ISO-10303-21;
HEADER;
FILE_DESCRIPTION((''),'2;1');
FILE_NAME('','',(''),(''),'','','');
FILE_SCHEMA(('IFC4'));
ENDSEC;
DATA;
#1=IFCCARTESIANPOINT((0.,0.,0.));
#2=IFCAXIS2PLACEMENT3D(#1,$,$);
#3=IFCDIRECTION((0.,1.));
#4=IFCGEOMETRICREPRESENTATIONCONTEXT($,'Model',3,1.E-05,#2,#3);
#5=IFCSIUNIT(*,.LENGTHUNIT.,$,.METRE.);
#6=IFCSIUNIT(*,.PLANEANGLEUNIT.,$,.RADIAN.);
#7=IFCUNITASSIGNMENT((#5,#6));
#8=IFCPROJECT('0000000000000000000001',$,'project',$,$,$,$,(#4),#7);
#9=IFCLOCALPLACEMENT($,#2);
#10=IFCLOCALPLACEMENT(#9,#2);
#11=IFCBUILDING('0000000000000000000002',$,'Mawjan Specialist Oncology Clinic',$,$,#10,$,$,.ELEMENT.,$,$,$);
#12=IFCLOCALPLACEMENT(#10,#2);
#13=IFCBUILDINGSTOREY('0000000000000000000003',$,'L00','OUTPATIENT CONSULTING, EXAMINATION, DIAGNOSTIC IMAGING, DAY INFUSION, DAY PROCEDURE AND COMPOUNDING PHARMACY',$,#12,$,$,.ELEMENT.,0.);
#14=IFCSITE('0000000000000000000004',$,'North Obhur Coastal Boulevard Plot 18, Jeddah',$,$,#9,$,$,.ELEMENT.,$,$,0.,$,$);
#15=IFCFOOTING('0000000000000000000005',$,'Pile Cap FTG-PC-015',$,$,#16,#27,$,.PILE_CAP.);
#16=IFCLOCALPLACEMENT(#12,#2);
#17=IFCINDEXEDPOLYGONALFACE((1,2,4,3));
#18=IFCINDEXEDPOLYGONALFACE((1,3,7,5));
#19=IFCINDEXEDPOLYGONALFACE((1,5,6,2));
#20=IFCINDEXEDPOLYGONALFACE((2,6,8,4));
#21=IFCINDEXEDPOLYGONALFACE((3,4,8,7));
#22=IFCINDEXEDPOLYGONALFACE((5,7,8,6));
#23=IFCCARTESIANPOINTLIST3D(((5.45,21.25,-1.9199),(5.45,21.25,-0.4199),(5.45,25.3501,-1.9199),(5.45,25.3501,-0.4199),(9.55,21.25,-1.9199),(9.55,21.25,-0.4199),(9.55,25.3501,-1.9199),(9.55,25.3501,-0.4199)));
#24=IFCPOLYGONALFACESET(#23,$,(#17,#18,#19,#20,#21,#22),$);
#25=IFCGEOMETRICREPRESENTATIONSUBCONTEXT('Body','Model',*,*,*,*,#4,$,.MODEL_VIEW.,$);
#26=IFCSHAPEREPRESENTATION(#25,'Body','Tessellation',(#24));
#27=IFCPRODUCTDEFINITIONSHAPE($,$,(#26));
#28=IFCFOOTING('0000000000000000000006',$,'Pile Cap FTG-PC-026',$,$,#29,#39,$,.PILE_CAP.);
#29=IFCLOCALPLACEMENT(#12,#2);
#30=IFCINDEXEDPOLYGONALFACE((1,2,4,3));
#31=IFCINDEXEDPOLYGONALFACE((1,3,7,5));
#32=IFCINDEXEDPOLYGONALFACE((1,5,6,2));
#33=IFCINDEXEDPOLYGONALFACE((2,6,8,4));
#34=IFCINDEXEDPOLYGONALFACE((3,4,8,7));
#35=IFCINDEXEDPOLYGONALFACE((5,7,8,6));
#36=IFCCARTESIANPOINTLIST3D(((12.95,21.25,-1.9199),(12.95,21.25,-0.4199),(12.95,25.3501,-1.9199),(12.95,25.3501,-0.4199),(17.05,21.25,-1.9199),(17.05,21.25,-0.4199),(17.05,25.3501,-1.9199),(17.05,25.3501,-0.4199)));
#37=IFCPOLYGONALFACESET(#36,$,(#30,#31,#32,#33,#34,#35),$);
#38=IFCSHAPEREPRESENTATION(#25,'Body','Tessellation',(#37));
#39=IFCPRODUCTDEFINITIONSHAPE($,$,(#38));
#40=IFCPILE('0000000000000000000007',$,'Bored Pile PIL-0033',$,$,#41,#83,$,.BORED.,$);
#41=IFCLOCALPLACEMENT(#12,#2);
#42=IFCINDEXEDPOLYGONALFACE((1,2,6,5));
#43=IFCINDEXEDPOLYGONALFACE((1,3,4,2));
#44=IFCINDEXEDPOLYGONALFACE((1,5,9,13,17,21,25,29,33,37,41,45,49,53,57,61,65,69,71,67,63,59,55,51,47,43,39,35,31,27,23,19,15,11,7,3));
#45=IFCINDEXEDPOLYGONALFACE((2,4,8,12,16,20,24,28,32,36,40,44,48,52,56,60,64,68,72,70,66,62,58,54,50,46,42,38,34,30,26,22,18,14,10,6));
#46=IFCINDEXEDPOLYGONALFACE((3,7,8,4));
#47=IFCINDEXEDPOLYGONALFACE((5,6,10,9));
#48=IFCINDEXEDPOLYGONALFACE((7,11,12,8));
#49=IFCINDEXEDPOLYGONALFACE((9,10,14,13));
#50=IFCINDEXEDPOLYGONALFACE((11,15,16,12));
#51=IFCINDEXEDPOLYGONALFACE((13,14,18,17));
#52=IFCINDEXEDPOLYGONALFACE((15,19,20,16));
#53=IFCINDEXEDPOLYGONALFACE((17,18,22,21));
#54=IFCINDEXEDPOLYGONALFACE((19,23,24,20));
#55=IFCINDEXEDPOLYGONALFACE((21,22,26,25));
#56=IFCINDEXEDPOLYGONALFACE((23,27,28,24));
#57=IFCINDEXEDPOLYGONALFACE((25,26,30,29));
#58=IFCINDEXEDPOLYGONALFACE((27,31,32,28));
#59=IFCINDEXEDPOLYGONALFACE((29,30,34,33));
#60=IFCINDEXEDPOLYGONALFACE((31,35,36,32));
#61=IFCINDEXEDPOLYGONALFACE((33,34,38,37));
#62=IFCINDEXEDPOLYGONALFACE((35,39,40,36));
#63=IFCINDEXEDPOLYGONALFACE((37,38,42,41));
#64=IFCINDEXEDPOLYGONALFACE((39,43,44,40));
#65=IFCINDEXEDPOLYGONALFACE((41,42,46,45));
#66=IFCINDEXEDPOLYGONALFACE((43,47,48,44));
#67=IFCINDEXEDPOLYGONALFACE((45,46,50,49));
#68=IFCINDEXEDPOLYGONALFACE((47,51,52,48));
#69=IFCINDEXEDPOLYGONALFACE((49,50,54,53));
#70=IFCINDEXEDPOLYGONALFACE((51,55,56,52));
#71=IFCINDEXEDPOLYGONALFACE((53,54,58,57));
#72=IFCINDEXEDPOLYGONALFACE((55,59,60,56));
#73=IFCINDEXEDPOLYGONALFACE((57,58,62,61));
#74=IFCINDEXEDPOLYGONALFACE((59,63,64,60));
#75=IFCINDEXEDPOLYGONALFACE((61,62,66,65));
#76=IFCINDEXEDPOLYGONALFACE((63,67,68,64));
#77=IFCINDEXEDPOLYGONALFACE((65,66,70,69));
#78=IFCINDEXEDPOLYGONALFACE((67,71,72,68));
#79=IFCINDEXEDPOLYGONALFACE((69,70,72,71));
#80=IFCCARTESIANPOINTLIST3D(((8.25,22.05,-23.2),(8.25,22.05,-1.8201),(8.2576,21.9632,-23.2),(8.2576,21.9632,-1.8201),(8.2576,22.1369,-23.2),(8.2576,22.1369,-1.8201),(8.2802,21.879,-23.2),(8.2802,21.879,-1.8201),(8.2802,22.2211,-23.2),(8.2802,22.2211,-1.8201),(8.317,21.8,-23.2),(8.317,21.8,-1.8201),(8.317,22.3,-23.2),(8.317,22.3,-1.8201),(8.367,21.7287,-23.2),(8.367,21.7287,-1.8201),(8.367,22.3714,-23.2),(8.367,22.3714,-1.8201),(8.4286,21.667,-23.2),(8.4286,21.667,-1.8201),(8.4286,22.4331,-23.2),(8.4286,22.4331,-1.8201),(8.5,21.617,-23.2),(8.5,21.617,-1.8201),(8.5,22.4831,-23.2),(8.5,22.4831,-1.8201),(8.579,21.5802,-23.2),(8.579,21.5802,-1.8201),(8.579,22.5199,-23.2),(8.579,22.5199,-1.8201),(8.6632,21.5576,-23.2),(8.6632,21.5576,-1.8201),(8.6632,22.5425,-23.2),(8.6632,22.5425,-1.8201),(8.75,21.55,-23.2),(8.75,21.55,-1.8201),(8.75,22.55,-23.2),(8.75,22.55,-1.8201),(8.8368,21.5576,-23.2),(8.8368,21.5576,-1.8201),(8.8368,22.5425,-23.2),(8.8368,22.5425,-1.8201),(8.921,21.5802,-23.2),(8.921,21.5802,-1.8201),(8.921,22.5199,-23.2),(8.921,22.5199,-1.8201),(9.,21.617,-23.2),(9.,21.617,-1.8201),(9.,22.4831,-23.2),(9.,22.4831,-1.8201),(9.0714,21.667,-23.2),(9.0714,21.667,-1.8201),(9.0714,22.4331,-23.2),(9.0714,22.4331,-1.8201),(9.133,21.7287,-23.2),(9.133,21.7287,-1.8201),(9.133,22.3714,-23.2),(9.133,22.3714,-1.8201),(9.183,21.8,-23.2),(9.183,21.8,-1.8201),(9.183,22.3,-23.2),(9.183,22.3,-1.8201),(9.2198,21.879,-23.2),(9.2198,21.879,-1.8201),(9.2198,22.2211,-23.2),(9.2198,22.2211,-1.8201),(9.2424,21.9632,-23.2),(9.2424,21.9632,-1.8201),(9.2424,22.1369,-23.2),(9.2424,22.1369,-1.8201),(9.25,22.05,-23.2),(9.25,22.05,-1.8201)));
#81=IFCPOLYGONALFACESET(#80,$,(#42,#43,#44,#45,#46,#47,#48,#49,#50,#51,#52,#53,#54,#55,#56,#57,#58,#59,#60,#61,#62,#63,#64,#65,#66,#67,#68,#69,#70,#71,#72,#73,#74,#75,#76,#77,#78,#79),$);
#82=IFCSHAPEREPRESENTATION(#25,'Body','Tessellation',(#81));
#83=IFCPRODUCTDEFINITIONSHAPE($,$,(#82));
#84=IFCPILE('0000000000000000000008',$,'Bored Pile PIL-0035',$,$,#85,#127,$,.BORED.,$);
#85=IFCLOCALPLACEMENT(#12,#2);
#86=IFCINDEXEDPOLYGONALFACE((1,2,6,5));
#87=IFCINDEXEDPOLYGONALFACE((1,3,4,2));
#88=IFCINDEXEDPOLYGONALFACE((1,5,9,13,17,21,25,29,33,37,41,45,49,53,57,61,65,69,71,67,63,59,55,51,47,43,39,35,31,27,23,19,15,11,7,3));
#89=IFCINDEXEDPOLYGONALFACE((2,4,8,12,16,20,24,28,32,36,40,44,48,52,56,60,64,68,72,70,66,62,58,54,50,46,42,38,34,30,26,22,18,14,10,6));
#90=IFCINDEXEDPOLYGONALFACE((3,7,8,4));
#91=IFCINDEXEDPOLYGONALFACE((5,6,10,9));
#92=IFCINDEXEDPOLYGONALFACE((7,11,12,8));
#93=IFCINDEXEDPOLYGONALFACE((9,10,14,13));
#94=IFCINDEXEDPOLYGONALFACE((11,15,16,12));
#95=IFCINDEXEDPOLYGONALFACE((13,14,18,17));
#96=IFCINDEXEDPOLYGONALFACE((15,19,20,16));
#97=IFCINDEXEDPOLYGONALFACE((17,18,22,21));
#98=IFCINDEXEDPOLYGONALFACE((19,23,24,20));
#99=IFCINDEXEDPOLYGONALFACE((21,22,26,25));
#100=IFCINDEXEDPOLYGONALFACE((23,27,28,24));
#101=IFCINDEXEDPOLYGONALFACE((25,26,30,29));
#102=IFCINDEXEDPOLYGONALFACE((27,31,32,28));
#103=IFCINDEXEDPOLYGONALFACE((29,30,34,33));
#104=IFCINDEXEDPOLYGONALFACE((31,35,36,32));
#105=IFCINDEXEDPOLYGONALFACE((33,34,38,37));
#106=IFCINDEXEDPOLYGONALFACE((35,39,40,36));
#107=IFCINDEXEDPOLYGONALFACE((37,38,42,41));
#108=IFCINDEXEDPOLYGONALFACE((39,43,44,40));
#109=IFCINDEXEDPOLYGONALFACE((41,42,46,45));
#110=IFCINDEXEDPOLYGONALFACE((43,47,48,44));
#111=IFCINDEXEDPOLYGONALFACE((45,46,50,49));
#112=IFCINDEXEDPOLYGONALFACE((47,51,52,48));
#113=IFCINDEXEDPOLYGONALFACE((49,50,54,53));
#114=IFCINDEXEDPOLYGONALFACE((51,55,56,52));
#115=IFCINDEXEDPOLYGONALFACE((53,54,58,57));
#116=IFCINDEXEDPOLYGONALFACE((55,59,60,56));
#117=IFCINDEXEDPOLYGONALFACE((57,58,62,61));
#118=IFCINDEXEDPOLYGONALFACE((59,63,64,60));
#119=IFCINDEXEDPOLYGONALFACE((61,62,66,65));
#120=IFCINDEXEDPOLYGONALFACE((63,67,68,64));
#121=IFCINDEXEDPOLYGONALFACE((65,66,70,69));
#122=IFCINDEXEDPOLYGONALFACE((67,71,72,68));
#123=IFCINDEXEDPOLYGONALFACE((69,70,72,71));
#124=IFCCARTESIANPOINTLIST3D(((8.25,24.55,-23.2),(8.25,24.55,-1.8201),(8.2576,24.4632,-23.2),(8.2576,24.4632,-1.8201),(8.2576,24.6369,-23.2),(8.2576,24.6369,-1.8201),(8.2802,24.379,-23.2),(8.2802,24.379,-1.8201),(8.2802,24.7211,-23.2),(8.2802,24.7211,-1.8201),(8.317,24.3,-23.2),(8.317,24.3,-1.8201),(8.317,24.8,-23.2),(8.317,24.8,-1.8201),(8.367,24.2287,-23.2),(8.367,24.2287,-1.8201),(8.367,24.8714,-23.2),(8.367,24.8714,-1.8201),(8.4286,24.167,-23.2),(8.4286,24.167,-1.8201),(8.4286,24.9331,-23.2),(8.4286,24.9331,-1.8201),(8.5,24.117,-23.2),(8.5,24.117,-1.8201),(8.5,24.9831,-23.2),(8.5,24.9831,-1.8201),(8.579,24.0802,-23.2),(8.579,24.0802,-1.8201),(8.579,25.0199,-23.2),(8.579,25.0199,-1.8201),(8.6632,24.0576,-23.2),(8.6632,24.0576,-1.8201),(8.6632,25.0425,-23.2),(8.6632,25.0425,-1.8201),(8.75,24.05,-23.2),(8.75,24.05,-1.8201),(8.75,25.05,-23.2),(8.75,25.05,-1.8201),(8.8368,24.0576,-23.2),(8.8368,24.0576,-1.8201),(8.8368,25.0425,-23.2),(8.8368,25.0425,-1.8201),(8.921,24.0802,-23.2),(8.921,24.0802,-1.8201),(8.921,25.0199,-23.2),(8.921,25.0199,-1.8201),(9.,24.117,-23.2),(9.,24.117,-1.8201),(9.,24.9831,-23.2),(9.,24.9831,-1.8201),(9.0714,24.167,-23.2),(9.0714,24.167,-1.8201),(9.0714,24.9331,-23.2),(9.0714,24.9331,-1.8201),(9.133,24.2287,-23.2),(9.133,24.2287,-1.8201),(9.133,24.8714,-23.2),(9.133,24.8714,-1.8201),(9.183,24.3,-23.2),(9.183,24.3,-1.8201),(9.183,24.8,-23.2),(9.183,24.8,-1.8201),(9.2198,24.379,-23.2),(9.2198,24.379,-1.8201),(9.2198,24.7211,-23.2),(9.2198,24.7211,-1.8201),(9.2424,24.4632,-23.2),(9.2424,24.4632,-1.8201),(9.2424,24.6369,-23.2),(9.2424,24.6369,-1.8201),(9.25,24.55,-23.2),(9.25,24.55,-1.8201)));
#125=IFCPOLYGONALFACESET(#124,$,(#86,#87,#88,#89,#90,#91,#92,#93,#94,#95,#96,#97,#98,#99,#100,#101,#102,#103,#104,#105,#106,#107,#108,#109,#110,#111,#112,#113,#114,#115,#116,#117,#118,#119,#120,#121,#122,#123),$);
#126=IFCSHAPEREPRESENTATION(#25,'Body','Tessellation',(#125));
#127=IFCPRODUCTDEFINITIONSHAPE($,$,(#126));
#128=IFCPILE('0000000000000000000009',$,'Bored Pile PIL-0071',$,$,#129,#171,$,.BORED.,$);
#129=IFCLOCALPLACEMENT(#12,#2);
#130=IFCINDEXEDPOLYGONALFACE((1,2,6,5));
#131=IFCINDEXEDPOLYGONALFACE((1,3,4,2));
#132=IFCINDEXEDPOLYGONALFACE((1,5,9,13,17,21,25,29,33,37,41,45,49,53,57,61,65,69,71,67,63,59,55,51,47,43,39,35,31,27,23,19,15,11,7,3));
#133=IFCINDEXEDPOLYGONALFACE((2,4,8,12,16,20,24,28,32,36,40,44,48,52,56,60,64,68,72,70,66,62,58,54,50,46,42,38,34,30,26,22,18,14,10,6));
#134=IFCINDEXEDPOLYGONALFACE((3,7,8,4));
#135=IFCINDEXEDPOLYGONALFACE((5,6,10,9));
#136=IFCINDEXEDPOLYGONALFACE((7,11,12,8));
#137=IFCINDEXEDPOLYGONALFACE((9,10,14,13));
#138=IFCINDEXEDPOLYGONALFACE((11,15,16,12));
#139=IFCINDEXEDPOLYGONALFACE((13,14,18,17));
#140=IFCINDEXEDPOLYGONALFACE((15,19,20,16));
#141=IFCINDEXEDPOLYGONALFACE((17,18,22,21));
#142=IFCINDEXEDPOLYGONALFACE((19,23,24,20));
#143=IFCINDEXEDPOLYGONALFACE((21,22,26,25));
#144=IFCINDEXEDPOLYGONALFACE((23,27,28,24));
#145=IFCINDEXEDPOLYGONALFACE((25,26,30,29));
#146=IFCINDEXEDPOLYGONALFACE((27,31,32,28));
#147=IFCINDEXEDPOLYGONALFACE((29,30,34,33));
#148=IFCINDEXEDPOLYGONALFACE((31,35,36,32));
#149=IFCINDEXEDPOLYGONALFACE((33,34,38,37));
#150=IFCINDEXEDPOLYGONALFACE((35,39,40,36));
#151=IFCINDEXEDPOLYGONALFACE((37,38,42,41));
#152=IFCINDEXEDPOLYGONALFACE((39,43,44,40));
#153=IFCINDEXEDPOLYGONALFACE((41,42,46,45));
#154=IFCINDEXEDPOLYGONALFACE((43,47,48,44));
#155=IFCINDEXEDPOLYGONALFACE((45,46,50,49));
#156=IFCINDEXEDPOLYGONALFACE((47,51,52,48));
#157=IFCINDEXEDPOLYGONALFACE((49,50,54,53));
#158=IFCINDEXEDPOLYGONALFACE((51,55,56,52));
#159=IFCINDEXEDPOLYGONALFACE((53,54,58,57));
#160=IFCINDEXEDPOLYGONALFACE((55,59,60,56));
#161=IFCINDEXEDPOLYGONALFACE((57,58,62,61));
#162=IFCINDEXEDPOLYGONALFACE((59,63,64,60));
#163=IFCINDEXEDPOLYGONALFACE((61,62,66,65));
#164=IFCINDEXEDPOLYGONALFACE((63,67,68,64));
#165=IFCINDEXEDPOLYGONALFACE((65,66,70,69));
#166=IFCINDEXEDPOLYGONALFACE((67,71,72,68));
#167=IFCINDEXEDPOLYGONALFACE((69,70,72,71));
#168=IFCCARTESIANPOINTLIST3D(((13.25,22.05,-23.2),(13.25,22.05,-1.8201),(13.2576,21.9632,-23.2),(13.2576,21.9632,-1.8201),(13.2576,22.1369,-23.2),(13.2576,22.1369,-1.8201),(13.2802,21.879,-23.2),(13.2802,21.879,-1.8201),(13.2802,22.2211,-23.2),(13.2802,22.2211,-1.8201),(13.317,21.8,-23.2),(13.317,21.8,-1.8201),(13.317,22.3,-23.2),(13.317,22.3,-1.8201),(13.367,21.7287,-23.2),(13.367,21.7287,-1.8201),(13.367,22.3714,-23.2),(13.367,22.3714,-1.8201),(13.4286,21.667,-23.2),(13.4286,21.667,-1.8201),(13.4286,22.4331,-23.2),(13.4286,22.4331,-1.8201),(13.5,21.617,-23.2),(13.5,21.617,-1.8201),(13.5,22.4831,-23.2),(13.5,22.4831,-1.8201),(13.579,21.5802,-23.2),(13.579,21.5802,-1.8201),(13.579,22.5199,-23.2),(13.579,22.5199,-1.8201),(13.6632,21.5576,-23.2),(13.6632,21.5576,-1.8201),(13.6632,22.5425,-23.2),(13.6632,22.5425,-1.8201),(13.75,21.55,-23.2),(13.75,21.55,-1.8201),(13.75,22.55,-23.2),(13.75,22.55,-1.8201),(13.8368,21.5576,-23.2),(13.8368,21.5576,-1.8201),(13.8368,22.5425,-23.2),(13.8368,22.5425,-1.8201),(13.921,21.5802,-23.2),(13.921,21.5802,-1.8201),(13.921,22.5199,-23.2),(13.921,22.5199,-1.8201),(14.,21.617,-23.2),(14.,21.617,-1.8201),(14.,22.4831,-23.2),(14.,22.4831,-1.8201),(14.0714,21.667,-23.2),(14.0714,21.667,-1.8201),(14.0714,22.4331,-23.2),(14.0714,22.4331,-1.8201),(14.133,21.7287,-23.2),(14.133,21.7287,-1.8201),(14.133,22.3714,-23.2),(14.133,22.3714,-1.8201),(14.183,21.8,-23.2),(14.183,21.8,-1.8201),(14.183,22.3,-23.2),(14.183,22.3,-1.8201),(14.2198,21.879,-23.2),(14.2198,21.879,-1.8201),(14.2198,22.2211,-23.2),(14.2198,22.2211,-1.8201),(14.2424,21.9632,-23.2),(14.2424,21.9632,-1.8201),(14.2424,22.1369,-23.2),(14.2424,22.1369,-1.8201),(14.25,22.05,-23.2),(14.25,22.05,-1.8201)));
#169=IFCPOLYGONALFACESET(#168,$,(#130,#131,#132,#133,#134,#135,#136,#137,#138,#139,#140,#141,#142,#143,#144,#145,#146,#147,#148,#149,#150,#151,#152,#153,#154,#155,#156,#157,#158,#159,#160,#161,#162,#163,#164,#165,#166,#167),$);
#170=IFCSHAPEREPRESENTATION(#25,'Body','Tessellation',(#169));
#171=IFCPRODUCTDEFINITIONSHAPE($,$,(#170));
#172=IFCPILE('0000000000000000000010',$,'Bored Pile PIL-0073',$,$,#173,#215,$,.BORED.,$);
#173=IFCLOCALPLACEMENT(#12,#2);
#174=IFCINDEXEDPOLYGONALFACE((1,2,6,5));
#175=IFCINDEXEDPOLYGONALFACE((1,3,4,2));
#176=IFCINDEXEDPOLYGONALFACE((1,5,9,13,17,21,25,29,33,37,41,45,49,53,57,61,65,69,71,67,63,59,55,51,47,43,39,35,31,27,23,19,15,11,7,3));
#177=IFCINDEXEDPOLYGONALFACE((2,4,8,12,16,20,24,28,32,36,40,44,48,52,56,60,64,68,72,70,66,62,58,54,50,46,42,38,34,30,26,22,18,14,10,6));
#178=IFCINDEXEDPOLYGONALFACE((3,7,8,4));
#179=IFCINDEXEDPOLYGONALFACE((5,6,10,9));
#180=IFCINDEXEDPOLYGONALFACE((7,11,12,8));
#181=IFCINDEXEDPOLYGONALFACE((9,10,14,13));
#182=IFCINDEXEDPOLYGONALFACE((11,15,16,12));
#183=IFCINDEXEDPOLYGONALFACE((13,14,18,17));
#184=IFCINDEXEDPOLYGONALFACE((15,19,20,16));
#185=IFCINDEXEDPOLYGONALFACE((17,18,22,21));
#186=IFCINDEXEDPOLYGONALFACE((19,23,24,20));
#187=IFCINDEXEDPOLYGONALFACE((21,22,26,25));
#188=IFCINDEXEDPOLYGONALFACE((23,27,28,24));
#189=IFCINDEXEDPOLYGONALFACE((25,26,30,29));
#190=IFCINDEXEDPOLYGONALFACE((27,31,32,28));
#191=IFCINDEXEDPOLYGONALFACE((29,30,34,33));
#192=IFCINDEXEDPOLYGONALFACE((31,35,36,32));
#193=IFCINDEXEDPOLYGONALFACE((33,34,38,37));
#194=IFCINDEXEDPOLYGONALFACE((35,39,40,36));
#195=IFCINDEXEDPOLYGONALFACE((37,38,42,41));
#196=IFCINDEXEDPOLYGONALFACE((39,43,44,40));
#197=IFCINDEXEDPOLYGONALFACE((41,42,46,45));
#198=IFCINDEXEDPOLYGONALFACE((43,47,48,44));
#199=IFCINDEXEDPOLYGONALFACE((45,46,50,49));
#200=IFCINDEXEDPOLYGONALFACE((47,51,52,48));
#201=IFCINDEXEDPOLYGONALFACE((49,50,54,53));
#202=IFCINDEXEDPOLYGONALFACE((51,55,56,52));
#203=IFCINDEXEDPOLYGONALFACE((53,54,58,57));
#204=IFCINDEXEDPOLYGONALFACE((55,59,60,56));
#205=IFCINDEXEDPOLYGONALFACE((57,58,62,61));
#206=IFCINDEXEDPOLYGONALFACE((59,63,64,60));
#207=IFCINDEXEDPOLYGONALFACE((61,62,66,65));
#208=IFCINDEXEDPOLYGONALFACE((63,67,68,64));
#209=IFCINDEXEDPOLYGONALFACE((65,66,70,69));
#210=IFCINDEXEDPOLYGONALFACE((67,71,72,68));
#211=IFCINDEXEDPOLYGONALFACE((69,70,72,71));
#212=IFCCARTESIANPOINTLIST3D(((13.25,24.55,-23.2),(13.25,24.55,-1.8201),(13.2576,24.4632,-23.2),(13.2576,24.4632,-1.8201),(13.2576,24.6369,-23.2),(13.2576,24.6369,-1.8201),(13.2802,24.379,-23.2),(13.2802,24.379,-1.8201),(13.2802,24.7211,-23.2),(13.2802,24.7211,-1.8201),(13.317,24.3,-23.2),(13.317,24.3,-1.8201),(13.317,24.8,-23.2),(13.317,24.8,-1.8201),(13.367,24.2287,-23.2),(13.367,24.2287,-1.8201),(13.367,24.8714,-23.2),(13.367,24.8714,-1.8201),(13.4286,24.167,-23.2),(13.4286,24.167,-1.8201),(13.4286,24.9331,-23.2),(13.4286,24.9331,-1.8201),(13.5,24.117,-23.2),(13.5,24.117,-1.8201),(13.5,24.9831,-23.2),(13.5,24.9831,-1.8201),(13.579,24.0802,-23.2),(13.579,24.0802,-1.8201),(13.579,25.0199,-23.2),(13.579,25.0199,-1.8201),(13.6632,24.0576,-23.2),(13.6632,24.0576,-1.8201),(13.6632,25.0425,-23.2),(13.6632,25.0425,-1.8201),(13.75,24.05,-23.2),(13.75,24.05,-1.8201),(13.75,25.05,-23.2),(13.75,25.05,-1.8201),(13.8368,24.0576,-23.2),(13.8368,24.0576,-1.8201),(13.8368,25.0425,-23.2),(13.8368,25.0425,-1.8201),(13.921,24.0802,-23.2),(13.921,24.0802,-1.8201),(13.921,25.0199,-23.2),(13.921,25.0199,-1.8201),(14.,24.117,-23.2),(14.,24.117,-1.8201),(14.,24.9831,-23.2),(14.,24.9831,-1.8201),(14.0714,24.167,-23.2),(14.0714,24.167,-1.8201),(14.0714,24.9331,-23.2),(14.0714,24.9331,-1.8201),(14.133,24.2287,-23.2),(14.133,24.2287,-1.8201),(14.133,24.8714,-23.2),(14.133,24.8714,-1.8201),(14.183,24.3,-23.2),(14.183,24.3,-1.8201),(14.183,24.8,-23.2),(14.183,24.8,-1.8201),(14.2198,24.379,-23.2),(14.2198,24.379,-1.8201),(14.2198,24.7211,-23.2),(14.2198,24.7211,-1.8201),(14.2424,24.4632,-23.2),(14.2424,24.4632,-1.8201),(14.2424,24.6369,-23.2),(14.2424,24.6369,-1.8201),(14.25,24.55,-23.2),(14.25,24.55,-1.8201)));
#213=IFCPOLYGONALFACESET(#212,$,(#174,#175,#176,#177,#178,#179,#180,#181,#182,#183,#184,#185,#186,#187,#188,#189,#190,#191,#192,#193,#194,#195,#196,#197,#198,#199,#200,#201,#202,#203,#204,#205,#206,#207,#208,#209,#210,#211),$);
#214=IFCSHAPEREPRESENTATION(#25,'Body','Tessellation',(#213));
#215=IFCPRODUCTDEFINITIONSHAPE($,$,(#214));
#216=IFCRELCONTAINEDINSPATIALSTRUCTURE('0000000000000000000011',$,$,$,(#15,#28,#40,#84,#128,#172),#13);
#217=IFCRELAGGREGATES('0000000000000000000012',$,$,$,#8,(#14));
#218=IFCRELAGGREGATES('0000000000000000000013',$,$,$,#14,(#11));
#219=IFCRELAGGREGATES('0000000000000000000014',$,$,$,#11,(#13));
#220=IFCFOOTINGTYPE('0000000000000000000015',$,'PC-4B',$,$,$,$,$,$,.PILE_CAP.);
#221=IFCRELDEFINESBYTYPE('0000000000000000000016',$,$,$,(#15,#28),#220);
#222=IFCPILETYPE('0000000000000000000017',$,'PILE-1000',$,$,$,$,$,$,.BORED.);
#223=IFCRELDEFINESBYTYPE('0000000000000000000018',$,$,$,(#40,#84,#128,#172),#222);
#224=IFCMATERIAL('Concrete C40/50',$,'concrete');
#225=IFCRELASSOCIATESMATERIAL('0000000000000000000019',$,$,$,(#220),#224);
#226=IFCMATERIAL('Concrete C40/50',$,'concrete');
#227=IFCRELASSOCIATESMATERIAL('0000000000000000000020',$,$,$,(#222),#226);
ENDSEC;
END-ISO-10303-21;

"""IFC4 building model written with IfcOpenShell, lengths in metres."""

from ifc_helpers import new_model, si_unit, direction, frame, origin, origin_2d, place, context, subcontext, project, spatial, rectangle, circle, extrude, material, material_profile, profile_set, type_object, element, save


model = new_model("IFC4")

# Units and contexts
model_context = context("Model", 3, precision=1e-05, world=origin(), true_north=direction((0.0, 1.0)))
body_context = subcontext(model_context, "Body", "Model", "MODEL_VIEW")
ifc_project = project(units=[si_unit("LENGTHUNIT", "METRE"), si_unit("PLANEANGLEUNIT", "RADIAN")], contexts=[model_context])

# Site, building, storey
site_placement = place(None, origin())
site = spatial("IfcSite", under=ifc_project, at=site_placement, Name="North Obhur Coastal Boulevard Plot 18, Jeddah", CompositionType="ELEMENT", RefElevation=0.0)
building_placement = place(site_placement, origin())
building = spatial("IfcBuilding", under=site, at=building_placement, Name="Mawjan Specialist Oncology Clinic", CompositionType="ELEMENT")
storey_placement = place(building_placement, origin())
storey = spatial("IfcBuildingStorey", under=building, at=storey_placement, Name="L00", Description="OUTPATIENT CONSULTING, EXAMINATION, DIAGNOSTIC IMAGING, DAY INFUSION, DAY PROCEDURE AND COMPOUNDING PHARMACY", CompositionType="ELEMENT", Elevation=0.0)

# Footings
ifc_material_1 = material(Name="Concrete C40/50", Category="concrete")
footing_type_1 = type_object("IfcFootingType", Name="PC-4B", PredefinedType="PILE_CAP", material=ifc_material_1)
for number, where, z_axis, x_axis, name in (
    (1, (7.5, 23.3, -1.9199), (0.0, 0.0, 1.0), (1.0, 0.0, 0.0), "Pile Cap FTG-PC-015"),
    (2, (15.0, 23.3, -1.9199), (0.0, 0.0, 1.0), (1.0, 0.0, 0.0), "Pile Cap FTG-PC-026"),
):
    element("IfcFooting", number, at=place(storey_placement, frame(where, z_axis=z_axis, x_axis=x_axis)), inside=storey, type_object=footing_type_1, Name=name, PredefinedType="PILE_CAP", context=body_context, shape_type="SweptSolid", body=[
        extrude(rectangle(XDim=4.1001, YDim=4.1001, at=origin_2d()), origin(), (0.0, 0.0, 1.0), 1.5),
    ])

# Piles
ifc_material_2 = material(Name="Concrete C40/50", Category="concrete")
ifc_material_profile_1 = material_profile(ifc_material_2, circle(Radius=0.5, at=origin_2d()), Name="BORED PILE D1000", Category="concrete")
ifc_profile_set_1 = profile_set([ifc_material_profile_1], Name="Concrete C40/50")
pile_type = type_object("IfcPileType", Name="PILE-1000", PredefinedType="BORED", material=ifc_profile_set_1)
for number, where, z_axis, x_axis, name in (
    (3, (8.75, 22.05, -1.8201), (0.0, 0.0, -1.0), (1.0, 0.0, 0.0), "Bored Pile PIL-0033"),
    (4, (8.75, 24.55, -1.8201), (0.0, 0.0, -1.0), (1.0, 0.0, 0.0), "Bored Pile PIL-0035"),
    (5, (13.75, 22.05, -1.8201), (0.0, 0.0, -1.0), (1.0, 0.0, 0.0), "Bored Pile PIL-0071"),
    (6, (13.75, 24.55, -1.8201), (0.0, 0.0, -1.0), (1.0, 0.0, 0.0), "Bored Pile PIL-0073"),
):
    element("IfcPile", number, at=place(storey_placement, frame(where, z_axis=z_axis, x_axis=x_axis)), inside=storey, type_object=pile_type, Name=name, PredefinedType="BORED", context=body_context, shape_type="SweptSolid", body=[
        extrude(circle(Radius=0.5, at=origin_2d()), origin(), (0.0, 0.0, 1.0), 21.3799),
    ])

save(model, "model.ifc")
